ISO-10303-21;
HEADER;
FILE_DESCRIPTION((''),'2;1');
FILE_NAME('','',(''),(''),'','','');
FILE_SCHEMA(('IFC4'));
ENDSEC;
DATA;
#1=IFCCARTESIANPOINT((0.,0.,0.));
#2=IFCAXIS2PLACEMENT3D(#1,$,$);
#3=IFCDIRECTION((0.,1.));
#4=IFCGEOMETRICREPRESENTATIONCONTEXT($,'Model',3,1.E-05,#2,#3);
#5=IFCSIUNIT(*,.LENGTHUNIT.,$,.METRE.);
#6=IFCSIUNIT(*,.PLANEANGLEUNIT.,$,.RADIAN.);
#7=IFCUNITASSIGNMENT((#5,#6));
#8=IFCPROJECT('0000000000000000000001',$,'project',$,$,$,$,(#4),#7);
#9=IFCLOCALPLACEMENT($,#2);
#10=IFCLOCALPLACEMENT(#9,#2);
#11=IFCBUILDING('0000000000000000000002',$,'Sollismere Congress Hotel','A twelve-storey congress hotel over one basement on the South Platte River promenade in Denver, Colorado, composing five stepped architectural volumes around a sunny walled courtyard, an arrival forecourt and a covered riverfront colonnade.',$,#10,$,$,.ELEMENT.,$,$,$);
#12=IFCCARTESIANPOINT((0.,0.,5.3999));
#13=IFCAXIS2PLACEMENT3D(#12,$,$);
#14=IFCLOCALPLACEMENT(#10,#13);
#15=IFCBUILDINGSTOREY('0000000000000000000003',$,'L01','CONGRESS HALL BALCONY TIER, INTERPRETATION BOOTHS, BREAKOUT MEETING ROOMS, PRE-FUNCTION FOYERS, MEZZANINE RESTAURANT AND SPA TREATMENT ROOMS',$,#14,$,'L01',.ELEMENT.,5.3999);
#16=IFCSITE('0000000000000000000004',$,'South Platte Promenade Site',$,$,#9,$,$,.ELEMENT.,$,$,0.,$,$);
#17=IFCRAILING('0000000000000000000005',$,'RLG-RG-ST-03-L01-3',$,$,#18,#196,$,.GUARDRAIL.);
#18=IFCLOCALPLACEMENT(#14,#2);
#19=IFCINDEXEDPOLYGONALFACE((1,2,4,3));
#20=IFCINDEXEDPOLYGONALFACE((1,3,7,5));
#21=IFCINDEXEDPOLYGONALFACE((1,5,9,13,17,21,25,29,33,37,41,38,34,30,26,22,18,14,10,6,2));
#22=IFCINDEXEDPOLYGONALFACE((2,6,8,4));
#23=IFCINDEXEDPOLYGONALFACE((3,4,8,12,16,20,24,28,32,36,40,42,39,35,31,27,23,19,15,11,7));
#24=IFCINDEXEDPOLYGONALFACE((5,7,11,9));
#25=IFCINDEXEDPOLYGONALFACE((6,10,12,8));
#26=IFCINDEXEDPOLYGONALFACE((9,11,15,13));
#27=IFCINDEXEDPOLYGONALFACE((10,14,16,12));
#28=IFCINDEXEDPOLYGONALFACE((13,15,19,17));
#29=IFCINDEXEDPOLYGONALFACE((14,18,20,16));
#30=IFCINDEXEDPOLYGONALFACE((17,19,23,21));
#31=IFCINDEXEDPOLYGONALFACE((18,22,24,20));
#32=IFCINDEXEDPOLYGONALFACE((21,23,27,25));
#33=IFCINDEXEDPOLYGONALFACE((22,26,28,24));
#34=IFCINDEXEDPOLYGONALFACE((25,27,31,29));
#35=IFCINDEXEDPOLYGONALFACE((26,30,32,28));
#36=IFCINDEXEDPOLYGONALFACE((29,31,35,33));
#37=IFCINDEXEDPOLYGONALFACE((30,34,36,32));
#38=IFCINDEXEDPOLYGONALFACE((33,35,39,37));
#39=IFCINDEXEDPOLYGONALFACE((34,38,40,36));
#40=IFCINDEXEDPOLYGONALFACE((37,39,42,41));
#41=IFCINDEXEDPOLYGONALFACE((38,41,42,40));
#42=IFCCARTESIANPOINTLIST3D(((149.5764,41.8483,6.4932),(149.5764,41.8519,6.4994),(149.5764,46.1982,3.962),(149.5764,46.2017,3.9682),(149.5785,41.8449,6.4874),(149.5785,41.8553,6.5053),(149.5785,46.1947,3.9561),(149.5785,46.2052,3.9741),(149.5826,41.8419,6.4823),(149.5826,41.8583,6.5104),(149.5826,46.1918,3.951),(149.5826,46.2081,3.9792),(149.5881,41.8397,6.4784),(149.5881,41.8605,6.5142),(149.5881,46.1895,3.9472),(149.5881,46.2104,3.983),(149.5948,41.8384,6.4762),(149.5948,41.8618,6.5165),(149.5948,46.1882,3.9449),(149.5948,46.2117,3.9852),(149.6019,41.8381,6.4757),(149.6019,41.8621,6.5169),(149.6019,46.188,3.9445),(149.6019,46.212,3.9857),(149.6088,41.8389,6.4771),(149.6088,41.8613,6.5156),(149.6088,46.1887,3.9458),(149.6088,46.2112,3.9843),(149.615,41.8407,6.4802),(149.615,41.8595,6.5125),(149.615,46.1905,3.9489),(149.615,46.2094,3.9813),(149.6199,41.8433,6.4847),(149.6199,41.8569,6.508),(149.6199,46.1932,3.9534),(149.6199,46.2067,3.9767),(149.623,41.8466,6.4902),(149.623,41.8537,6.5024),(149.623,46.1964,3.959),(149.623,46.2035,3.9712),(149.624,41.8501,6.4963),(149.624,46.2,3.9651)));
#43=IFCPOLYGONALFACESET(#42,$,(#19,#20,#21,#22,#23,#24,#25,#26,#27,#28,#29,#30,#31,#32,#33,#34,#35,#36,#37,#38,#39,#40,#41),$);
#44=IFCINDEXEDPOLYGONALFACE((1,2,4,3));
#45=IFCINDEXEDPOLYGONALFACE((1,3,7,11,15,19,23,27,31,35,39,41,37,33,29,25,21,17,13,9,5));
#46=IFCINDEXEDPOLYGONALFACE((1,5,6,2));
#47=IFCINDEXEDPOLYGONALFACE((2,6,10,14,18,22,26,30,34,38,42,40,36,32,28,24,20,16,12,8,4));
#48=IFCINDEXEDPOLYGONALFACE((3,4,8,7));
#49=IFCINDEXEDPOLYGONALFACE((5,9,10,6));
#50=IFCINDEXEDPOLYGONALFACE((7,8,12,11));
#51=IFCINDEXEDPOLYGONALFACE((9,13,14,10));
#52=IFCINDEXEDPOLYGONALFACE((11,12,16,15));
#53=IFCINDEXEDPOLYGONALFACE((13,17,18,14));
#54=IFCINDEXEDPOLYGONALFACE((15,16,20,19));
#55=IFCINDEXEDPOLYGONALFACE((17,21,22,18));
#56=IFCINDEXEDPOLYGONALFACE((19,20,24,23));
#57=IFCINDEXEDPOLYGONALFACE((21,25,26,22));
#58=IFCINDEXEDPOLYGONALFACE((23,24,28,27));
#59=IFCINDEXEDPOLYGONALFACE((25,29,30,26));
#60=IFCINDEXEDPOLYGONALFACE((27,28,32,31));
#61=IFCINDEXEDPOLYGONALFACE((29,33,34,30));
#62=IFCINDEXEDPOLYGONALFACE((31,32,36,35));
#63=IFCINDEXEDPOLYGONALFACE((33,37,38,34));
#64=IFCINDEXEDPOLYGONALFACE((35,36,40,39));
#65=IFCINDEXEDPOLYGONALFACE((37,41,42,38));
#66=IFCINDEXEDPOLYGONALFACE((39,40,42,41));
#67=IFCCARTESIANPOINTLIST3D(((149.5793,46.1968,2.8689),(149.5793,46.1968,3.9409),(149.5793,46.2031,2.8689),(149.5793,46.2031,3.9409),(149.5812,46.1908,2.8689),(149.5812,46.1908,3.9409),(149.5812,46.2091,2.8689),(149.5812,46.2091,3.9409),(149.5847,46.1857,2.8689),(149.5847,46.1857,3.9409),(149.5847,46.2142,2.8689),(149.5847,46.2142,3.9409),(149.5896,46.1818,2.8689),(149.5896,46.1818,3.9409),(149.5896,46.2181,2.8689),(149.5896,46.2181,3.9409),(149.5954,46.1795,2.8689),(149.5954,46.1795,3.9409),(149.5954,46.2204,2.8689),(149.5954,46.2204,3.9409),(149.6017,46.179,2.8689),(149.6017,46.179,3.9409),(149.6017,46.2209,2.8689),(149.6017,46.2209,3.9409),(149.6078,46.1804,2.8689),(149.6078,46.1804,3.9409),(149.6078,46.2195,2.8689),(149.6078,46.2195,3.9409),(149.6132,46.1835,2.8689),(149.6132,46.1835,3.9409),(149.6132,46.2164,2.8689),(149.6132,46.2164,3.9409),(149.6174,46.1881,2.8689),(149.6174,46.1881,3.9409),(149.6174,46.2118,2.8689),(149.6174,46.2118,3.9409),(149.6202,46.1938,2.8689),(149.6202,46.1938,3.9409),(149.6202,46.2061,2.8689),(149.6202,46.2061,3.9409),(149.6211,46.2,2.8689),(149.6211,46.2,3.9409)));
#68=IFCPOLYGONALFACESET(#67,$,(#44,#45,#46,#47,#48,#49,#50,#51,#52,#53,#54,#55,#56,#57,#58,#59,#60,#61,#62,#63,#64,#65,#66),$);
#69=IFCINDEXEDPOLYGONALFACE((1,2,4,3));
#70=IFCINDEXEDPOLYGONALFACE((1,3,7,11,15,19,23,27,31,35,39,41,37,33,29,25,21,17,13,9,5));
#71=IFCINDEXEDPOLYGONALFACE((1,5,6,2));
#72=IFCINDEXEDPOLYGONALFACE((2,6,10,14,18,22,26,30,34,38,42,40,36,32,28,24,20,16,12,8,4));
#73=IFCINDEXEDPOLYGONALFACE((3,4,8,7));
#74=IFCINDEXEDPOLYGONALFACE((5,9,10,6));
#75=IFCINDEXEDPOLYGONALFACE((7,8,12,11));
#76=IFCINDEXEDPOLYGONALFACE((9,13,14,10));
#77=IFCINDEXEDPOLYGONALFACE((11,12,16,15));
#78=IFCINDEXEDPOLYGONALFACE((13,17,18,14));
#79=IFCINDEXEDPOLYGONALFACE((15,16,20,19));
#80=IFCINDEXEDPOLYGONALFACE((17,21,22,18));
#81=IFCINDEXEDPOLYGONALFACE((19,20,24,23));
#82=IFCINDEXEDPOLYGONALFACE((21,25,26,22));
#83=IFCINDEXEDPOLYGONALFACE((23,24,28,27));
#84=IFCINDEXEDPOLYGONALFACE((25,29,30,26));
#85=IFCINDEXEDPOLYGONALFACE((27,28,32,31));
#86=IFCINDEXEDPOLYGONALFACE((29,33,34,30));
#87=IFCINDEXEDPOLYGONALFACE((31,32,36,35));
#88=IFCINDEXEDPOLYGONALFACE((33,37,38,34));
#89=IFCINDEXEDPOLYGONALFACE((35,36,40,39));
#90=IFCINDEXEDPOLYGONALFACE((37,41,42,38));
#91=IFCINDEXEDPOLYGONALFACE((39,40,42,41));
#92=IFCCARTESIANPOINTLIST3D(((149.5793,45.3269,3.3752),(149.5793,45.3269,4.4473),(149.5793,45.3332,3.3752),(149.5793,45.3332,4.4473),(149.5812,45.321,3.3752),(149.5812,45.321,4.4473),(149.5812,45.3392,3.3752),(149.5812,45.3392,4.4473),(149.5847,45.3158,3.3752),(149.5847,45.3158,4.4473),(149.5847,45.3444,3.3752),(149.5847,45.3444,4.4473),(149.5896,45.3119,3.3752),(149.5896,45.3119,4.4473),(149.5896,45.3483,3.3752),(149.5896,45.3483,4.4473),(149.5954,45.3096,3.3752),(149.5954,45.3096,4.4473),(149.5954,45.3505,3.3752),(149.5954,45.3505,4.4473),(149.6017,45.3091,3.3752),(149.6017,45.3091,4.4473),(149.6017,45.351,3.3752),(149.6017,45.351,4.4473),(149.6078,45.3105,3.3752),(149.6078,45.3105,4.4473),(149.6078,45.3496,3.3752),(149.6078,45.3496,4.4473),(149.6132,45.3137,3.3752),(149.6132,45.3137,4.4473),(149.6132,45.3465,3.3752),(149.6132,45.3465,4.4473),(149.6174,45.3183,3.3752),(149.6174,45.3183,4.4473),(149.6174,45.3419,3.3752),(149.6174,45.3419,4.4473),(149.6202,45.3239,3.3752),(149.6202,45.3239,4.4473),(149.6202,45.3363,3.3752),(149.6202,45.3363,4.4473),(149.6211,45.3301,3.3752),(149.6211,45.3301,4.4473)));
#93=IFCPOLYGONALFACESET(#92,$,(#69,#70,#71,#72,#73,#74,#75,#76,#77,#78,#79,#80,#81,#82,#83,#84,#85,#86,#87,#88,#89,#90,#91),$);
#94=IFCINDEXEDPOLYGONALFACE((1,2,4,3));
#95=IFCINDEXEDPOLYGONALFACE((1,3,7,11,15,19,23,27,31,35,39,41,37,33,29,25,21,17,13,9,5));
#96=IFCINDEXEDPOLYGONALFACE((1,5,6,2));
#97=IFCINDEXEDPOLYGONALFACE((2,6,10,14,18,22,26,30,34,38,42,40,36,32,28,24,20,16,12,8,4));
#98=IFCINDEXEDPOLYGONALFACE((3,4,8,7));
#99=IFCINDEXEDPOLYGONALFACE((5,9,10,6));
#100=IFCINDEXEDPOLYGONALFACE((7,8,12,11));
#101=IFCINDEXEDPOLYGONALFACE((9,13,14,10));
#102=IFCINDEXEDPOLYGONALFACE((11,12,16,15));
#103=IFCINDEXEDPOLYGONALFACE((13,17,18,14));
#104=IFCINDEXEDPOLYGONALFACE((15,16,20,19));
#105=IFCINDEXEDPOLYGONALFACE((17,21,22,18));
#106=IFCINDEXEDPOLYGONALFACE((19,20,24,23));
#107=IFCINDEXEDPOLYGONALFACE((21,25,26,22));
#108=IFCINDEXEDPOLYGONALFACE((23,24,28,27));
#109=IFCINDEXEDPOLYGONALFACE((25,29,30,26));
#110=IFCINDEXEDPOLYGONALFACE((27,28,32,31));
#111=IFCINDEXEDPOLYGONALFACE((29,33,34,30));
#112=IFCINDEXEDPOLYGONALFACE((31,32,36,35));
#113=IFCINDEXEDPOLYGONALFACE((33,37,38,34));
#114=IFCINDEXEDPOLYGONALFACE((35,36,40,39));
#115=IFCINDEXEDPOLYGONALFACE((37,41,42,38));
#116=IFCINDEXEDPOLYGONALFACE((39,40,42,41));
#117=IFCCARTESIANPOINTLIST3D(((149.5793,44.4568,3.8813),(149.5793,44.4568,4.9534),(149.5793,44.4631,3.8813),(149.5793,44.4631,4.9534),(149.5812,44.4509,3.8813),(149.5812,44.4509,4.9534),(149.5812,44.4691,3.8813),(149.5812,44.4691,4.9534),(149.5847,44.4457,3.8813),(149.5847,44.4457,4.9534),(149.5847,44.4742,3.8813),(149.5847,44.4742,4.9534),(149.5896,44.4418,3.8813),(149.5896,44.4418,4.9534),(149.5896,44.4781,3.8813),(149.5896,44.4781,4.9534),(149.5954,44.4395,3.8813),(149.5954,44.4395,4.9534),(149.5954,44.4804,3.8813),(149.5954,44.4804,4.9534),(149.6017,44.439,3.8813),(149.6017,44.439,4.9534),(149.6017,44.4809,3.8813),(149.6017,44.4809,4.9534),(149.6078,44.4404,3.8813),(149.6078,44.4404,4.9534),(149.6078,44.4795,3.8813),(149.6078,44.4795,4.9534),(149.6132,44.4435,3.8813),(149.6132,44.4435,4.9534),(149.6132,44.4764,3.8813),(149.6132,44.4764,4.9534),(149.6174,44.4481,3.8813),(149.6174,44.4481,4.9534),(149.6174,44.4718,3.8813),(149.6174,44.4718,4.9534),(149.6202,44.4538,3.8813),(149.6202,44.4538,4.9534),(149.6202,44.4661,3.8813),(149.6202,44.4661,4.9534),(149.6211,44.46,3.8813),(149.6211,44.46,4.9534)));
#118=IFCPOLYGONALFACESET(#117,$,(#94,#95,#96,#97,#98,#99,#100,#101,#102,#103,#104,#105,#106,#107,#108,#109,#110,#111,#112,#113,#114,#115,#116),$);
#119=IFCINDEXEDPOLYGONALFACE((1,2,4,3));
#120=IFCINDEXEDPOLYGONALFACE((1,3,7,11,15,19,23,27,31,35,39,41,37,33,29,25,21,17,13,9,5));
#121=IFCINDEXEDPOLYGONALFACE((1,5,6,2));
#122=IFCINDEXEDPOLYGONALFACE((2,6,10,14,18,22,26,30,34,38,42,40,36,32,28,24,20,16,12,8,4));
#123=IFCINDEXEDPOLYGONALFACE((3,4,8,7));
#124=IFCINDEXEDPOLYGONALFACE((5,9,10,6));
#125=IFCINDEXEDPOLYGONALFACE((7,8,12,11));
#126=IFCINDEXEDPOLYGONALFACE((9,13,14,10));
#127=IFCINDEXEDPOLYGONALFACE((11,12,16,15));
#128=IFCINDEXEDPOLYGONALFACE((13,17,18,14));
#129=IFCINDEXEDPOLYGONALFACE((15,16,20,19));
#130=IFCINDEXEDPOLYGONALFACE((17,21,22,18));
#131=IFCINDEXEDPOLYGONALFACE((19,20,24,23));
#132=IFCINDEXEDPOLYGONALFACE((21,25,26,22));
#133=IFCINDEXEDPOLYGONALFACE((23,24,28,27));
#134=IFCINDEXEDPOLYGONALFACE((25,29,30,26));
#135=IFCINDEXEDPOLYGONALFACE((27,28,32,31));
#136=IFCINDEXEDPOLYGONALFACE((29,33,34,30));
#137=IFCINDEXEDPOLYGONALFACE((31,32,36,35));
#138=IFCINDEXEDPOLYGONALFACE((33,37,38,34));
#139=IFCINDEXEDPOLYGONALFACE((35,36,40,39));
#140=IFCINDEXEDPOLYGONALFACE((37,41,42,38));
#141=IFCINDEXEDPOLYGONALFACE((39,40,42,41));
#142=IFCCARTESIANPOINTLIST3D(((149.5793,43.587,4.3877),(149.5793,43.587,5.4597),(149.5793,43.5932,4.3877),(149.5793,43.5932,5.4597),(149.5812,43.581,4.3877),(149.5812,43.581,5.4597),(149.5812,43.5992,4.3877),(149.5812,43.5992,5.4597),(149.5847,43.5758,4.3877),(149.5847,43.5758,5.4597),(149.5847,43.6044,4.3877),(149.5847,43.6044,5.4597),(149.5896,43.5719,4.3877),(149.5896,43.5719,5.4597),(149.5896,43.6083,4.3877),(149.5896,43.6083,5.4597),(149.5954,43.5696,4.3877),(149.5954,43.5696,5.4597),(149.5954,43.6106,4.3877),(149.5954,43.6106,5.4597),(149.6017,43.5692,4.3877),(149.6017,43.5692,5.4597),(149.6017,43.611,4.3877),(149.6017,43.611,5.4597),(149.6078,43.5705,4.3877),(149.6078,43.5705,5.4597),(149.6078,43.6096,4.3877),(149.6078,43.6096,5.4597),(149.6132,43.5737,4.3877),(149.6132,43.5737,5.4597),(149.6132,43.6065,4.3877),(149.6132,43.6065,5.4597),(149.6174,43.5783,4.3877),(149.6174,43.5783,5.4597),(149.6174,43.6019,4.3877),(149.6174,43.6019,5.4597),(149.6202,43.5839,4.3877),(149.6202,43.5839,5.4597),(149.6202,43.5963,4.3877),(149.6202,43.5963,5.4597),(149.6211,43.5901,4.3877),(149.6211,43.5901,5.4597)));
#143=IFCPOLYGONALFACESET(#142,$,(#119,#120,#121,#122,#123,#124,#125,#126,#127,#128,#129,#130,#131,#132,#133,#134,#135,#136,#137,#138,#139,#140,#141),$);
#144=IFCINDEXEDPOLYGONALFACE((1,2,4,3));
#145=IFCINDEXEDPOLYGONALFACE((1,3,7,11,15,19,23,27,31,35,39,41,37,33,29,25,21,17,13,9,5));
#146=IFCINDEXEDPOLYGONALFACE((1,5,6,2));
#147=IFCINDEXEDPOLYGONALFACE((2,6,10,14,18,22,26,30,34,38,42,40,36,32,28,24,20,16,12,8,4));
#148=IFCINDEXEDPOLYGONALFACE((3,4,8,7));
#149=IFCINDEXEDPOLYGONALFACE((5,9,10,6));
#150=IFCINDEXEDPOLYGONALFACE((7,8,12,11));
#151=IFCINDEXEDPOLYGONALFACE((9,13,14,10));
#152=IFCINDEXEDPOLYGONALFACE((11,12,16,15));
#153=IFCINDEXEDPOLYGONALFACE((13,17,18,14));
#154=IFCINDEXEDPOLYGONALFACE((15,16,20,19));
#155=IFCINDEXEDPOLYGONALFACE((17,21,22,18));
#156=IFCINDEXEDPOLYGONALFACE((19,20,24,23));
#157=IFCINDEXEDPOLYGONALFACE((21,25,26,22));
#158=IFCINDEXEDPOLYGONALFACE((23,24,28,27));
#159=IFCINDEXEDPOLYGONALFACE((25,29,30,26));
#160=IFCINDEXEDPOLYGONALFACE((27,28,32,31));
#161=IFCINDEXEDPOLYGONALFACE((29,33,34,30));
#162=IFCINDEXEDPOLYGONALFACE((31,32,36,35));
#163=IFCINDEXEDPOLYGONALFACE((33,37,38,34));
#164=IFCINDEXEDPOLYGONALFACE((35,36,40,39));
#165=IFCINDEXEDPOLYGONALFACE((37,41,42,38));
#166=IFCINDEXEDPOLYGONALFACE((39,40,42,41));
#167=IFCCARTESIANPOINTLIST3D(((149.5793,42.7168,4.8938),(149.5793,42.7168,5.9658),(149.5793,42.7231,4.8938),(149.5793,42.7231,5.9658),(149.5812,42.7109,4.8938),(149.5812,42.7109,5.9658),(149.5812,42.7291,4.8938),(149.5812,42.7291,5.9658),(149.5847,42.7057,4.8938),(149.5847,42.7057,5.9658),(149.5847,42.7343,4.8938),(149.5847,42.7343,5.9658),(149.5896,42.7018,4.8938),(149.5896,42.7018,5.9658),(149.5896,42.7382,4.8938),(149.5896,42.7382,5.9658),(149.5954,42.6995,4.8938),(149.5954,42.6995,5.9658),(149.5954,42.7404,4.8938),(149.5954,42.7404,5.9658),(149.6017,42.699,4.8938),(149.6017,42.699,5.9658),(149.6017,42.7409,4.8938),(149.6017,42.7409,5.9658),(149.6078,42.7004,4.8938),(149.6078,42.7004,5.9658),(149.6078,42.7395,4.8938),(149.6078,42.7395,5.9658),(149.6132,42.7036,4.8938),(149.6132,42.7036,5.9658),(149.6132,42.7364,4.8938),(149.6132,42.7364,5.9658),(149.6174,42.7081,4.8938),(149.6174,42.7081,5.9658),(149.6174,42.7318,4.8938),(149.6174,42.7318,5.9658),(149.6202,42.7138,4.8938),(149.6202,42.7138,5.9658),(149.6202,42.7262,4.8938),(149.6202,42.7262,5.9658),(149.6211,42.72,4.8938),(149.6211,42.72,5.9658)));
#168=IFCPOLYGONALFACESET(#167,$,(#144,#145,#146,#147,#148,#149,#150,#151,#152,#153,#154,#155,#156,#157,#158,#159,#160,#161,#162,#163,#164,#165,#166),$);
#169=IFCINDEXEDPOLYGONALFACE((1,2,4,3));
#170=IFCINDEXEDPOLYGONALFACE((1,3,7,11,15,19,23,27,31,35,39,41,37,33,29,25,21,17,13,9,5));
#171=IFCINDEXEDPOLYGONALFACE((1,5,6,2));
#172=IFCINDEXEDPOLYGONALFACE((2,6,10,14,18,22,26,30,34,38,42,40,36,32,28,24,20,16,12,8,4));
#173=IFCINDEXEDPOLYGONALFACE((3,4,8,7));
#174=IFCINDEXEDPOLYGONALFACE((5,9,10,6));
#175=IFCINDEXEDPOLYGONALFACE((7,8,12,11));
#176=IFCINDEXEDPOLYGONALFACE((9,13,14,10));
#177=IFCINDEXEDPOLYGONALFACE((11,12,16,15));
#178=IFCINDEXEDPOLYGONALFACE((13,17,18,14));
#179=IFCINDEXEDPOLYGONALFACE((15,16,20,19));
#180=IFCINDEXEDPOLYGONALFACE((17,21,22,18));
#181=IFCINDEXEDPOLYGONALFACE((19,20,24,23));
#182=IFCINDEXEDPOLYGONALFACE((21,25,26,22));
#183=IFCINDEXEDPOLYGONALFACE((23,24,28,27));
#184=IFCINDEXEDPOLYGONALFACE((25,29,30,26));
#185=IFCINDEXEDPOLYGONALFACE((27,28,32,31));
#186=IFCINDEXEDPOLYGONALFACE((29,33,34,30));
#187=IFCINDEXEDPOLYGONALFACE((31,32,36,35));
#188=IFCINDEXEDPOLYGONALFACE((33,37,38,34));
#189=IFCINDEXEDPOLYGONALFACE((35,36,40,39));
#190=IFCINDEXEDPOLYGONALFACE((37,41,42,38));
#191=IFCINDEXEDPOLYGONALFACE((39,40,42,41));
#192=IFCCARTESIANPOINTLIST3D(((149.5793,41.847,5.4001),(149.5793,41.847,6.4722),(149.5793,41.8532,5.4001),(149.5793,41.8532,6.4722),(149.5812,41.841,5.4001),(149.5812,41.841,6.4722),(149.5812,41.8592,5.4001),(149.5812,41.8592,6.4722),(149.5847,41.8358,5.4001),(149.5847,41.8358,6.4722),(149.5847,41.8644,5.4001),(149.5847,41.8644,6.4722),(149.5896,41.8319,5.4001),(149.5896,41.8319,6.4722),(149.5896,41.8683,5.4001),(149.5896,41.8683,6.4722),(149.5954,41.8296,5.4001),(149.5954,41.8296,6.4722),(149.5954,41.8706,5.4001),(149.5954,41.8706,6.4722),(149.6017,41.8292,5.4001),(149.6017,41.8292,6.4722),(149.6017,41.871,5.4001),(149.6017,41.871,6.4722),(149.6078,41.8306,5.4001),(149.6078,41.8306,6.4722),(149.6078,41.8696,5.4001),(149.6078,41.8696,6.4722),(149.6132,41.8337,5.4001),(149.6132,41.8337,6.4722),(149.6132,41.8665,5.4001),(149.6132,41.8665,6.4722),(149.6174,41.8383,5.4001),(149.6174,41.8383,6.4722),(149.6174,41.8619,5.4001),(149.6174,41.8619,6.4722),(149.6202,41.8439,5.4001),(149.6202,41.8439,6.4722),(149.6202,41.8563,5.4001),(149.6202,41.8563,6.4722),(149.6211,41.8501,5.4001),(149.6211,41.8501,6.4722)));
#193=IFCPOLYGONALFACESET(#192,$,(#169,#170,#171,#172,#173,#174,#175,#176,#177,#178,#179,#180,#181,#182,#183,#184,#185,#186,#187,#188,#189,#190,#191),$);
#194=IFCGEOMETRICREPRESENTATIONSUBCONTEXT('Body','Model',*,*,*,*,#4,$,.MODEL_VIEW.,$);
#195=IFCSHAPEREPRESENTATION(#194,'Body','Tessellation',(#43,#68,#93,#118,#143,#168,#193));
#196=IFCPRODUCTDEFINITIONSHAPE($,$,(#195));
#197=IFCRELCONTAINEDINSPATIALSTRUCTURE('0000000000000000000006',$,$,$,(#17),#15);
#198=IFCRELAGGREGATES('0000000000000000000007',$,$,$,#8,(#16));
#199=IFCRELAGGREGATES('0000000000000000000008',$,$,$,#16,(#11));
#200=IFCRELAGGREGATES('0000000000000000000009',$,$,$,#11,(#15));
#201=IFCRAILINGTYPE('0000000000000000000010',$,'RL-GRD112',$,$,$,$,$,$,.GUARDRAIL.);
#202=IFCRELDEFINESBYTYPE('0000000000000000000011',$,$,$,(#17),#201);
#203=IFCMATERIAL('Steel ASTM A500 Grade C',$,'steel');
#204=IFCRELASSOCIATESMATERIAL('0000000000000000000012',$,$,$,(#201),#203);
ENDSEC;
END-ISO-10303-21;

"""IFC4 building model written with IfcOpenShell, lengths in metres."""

from ifc_helpers import new_model, si_unit, direction, frame, origin, origin_2d, place, context, subcontext, project, spatial, circle, extrude, material, type_object, element, save


model = new_model("IFC4")

# Units and contexts
model_context = context("Model", 3, precision=1e-05, world=origin(), true_north=direction((0.0, 1.0)))
body_context = subcontext(model_context, "Body", "Model", "MODEL_VIEW")
ifc_project = project(units=[si_unit("LENGTHUNIT", "METRE"), si_unit("PLANEANGLEUNIT", "RADIAN")], contexts=[model_context])

# Site, building, storey
site_placement = place(None, origin())
site = spatial("IfcSite", under=ifc_project, at=site_placement, Name="South Platte Promenade Site", CompositionType="ELEMENT", RefElevation=0.0)
building_placement = place(site_placement, origin())
building = spatial("IfcBuilding", under=site, at=building_placement, Name="Sollismere Congress Hotel", Description="A twelve-storey congress hotel over one basement on the South Platte River promenade in Denver, Colorado, composing five stepped architectural volumes around a sunny walled courtyard, an arrival forecourt and a covered riverfront colonnade.", CompositionType="ELEMENT")
storey_placement = place(building_placement, frame((0.0, 0.0, 5.3999)))
storey = spatial("IfcBuildingStorey", under=building, at=storey_placement, Name="L01", Description="CONGRESS HALL BALCONY TIER, INTERPRETATION BOOTHS, BREAKOUT MEETING ROOMS, PRE-FUNCTION FOYERS, MEZZANINE RESTAURANT AND SPA TREATMENT ROOMS", LongName="L01", CompositionType="ELEMENT", Elevation=5.3999)

# Railing
ifc_material_1 = material(Name="Steel ASTM A500 Grade C", Category="steel")
railing_type_1 = type_object("IfcRailingType", Name="RL-GRD112", PredefinedType="GUARDRAIL", material=ifc_material_1)
railing_1_placement = place(storey_placement, frame((149.6001, 46.2, 2.8689)))
element("IfcRailing", 1, at=railing_1_placement, inside=storey, type_object=railing_type_1, Name="RLG-RG-ST-03-L01-3", PredefinedType="GUARDRAIL", context=body_context, shape_type="SweptSolid", body=[
    extrude(circle(Radius=0.0239, at=origin_2d()), frame((0.0, 0.0, 1.0962), z_axis=(0.0, -0.864312, 0.502957), x_axis=(1.0, 0.0, 0.0)), (0.0, 0.0, 1.0), 5.0327),
    extrude(circle(Radius=0.021, at=origin_2d()), origin(), (0.0, 0.0, 1.0), 1.072),
    extrude(circle(Radius=0.021, at=origin_2d()), frame((0.0, -0.8699, 0.5063)), (0.0, 0.0, 1.0), 1.072),
    extrude(circle(Radius=0.021, at=origin_2d()), frame((0.0, -1.74, 1.0125)), (0.0, 0.0, 1.0), 1.072),
    extrude(circle(Radius=0.021, at=origin_2d()), frame((0.0, -2.6099, 1.5188)), (0.0, 0.0, 1.0), 1.072),
    extrude(circle(Radius=0.021, at=origin_2d()), frame((0.0, -3.48, 2.0249)), (0.0, 0.0, 1.0), 1.072),
    extrude(circle(Radius=0.021, at=origin_2d()), frame((0.0, -4.3499, 2.5312)), (0.0, 0.0, 1.0), 1.072),
])

save(model, "model.ifc")
